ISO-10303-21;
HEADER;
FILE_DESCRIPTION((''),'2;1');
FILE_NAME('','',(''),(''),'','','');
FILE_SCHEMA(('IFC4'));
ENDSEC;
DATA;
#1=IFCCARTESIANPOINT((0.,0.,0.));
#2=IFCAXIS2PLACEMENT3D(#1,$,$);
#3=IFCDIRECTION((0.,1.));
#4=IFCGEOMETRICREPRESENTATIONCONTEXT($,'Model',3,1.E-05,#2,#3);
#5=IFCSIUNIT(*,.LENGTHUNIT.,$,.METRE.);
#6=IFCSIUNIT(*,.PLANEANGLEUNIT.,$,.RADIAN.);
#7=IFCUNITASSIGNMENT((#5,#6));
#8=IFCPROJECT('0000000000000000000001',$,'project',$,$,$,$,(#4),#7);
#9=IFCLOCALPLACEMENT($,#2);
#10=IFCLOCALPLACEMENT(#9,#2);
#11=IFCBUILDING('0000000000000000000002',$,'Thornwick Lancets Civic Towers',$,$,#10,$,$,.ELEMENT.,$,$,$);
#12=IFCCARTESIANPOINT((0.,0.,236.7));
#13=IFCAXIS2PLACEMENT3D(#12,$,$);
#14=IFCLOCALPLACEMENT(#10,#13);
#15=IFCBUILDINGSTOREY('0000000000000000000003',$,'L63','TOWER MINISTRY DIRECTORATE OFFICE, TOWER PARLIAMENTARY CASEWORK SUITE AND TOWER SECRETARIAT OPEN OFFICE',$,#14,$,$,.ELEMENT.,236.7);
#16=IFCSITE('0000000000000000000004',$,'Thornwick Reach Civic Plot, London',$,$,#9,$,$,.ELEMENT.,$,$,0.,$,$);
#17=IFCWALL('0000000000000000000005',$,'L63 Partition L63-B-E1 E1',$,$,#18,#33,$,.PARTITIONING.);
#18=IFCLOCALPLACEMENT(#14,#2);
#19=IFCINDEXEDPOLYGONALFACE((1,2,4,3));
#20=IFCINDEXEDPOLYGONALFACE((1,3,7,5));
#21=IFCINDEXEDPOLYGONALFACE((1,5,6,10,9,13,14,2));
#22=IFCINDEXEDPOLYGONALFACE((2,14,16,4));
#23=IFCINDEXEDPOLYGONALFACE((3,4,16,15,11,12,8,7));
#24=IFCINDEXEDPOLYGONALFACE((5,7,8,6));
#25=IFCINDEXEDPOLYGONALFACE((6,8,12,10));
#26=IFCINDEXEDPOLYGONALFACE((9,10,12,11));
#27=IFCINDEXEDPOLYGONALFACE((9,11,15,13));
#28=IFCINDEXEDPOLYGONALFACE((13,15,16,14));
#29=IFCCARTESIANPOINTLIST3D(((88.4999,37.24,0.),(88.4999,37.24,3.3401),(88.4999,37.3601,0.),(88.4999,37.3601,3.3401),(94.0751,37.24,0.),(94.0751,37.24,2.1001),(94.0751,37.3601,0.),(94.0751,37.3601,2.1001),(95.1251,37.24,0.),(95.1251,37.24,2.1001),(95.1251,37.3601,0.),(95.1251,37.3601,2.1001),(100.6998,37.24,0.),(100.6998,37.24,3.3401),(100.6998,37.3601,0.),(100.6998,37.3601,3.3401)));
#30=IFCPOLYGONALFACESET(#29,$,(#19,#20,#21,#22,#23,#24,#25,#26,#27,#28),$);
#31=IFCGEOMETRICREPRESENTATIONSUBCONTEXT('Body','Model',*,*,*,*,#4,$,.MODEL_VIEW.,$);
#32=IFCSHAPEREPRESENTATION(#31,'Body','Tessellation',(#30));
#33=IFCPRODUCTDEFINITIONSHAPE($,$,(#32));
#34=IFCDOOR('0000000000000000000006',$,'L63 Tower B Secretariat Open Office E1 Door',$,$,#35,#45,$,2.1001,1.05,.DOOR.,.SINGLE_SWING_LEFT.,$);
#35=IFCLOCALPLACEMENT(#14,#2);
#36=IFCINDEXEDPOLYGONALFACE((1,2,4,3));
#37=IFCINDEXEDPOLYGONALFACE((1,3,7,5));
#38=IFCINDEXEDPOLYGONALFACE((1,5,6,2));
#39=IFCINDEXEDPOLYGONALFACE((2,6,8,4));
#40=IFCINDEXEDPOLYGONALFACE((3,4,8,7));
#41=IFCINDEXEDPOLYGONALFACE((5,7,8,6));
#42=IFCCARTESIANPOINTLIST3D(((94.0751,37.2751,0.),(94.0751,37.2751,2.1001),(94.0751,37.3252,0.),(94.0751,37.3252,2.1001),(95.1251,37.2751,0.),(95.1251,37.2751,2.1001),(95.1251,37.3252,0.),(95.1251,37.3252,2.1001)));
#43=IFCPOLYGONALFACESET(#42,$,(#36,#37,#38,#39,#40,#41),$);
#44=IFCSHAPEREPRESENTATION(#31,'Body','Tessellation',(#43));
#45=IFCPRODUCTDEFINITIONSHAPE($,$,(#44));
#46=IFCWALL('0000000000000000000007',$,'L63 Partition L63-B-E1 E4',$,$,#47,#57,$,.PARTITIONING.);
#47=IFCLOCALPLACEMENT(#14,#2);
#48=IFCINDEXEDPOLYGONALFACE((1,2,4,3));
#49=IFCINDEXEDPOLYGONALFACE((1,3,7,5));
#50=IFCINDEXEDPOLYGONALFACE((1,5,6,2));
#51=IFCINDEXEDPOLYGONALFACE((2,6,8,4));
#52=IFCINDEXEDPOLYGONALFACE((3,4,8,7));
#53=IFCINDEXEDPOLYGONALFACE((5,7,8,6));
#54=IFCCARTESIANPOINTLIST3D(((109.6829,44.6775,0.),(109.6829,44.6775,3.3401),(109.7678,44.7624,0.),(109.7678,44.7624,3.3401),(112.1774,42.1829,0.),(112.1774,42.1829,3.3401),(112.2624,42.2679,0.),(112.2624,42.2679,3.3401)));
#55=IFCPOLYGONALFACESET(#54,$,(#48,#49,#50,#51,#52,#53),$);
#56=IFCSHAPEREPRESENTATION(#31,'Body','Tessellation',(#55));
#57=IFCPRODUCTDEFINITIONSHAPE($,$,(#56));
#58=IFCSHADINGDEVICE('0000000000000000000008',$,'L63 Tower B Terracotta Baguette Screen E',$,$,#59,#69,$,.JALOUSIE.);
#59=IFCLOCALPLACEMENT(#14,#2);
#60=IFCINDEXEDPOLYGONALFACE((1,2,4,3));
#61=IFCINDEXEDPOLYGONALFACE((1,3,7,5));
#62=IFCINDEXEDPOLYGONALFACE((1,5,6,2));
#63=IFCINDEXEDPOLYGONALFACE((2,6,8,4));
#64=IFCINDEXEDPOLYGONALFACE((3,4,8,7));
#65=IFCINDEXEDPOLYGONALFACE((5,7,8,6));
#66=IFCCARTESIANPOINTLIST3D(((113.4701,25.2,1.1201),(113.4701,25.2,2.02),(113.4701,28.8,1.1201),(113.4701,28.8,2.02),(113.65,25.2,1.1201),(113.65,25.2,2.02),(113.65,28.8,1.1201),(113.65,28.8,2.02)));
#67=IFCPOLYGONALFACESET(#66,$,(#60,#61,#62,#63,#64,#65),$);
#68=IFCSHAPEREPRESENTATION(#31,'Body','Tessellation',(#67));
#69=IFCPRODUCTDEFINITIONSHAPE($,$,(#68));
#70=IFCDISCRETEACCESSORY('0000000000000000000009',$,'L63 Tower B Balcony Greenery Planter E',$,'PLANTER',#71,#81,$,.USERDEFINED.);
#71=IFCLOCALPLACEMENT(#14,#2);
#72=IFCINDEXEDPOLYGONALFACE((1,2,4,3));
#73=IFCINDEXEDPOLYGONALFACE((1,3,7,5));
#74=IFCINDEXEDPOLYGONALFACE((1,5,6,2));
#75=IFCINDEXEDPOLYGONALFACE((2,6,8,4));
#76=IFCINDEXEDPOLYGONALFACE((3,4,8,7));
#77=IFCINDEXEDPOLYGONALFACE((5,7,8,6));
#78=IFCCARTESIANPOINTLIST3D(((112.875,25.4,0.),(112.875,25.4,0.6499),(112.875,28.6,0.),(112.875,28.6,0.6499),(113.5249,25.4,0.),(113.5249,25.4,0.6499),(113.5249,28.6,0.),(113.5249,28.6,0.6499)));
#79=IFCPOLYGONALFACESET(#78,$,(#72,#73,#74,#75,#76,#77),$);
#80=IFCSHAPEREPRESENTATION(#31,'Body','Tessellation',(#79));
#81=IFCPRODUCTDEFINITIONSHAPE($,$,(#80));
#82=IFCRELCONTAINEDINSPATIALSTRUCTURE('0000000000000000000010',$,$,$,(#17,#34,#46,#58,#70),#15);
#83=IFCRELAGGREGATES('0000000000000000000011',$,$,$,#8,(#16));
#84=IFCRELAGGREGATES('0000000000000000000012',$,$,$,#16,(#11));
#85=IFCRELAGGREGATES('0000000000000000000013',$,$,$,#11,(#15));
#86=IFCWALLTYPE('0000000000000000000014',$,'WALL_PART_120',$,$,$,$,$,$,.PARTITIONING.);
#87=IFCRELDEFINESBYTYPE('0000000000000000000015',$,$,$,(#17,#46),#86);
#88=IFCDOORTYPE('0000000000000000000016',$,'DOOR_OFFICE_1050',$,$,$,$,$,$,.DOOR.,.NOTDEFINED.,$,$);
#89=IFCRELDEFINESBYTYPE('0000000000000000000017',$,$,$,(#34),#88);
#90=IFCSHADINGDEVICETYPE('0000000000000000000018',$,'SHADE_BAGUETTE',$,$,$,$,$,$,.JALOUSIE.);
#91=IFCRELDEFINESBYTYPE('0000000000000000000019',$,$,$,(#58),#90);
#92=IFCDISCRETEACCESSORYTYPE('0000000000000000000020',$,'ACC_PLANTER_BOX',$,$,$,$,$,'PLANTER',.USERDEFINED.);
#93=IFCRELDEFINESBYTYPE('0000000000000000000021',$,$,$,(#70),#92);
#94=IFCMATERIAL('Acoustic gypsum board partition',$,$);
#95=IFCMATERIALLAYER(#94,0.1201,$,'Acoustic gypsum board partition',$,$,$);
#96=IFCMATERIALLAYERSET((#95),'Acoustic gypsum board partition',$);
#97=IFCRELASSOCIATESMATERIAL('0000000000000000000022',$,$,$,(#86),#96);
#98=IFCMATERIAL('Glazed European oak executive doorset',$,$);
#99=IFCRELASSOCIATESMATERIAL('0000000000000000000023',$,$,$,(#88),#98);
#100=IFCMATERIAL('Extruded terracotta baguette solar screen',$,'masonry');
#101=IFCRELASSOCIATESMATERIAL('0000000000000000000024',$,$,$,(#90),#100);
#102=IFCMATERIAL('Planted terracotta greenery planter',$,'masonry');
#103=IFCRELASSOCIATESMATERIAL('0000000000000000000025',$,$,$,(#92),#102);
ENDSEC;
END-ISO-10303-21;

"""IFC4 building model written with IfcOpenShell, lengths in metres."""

from ifc_helpers import new_model, si_unit, direction, frame, frame_2d, origin, origin_2d, place, context, subcontext, project, spatial, rectangle, extrude, material, layer, layer_set, type_object, element, fill, save


model = new_model("IFC4")

# Units and contexts
model_context = context("Model", 3, precision=1e-05, world=origin(), true_north=direction((0.0, 1.0)))
body_context = subcontext(model_context, "Body", "Model", "MODEL_VIEW")
ifc_project = project(units=[si_unit("LENGTHUNIT", "METRE"), si_unit("PLANEANGLEUNIT", "RADIAN")], contexts=[model_context])

# Site, building, storey
site_placement = place(None, origin())
site = spatial("IfcSite", under=ifc_project, at=site_placement, Name="Thornwick Reach Civic Plot, London", CompositionType="ELEMENT", RefElevation=0.0)
building_placement = place(site_placement, origin())
building = spatial("IfcBuilding", under=site, at=building_placement, Name="Thornwick Lancets Civic Towers", CompositionType="ELEMENT")
storey_placement = place(building_placement, frame((0.0, 0.0, 236.7)))
storey = spatial("IfcBuildingStorey", under=building, at=storey_placement, Name="L63", Description="TOWER MINISTRY DIRECTORATE OFFICE, TOWER PARLIAMENTARY CASEWORK SUITE AND TOWER SECRETARIAT OPEN OFFICE", CompositionType="ELEMENT", Elevation=236.7)

# Shared definitions
ifc_material_1 = material(Name="Acoustic gypsum board partition")
ifc_layer_1 = layer(ifc_material_1, 0.1201, Name="Acoustic gypsum board partition")
ifc_layer_set_1 = layer_set([ifc_layer_1], Name="Acoustic gypsum board partition")
wall_type_1 = type_object("IfcWallType", Name="WALL_PART_120", PredefinedType="PARTITIONING", material=ifc_layer_set_1)

# Wall, opening, door
wall_1_placement = place(storey_placement, frame((100.7, 37.3, 0.0), z_axis=(0.0, 0.0, 1.0), x_axis=(-1.0, 0.0, 0.0)))
wall_1 = element("IfcWall", 1, at=wall_1_placement, inside=storey, type_object=wall_type_1, Name="L63 Partition L63-B-E1 E1", PredefinedType="PARTITIONING", context=body_context, shape_type="SweptSolid", body=[
    extrude(rectangle(XDim=12.2, YDim=0.1201, at=frame_2d((6.1001, 0.0))), origin(), (0.0, 0.0, 1.0), 3.3401),
])
opening_1_placement = place(wall_1_placement, frame((5.575, 0.0, 0.0)))
opening_1 = element("IfcOpeningElement", 2, at=opening_1_placement, cuts=wall_1, PredefinedType="OPENING", context=body_context, shape_type="SweptSolid", body=[
    extrude(rectangle(XDim=1.05, YDim=2.1001, at=frame_2d((0.5249, 1.05))), frame((0.0, 0.0701, 0.0), z_axis=(0.0, -1.0, 0.0), x_axis=(1.0, 0.0, 0.0)), (0.0, 0.0, 1.0), 0.1401),
])
ifc_material_2 = material(Name="Glazed European oak executive doorset")
door_type_1 = type_object("IfcDoorType", Name="DOOR_OFFICE_1050", OperationType="NOTDEFINED", PredefinedType="DOOR", material=ifc_material_2)
door_1_placement = place(opening_1_placement, origin())
door_1 = element("IfcDoor", 3, at=door_1_placement, inside=storey, type_object=door_type_1, Name="L63 Tower B Secretariat Open Office E1 Door", OperationType="SINGLE_SWING_LEFT", OverallHeight=2.1001, OverallWidth=1.05, PredefinedType="DOOR", context=body_context, shape_type="SweptSolid", body=[
    extrude(rectangle(XDim=1.05, YDim=2.1001, at=frame_2d((0.5249, 1.05))), frame((0.0, 0.0249, 0.0), z_axis=(0.0, -1.0, 0.0), x_axis=(1.0, 0.0, 0.0)), (0.0, 0.0, 1.0), 0.05),
])
fill(opening_1, door_1)

# Wall
wall_2_placement = place(storey_placement, frame((109.7253, 44.72, 0.0), z_axis=(0.0, 0.0, 1.0), x_axis=(0.707107, -0.707107, 0.0)))
element("IfcWall", 4, at=wall_2_placement, inside=storey, type_object=wall_type_1, Name="L63 Partition L63-B-E1 E4", PredefinedType="PARTITIONING", context=body_context, shape_type="SweptSolid", body=[
    extrude(rectangle(XDim=3.5278, YDim=0.1201, at=frame_2d((1.7639, 0.0))), origin(), (0.0, 0.0, 1.0), 3.3401),
])

# Shading device
ifc_material_3 = material(Name="Extruded terracotta baguette solar screen", Category="masonry")
shading_device_type = type_object("IfcShadingDeviceType", Name="SHADE_BAGUETTE", PredefinedType="JALOUSIE", material=ifc_material_3)
shading_device_placement = place(storey_placement, frame((113.5601, 27.0, 1.1201), z_axis=(0.0, 0.0, 1.0), x_axis=(0.0, 1.0, 0.0)))
element("IfcShadingDevice", 5, at=shading_device_placement, inside=storey, type_object=shading_device_type, Name="L63 Tower B Terracotta Baguette Screen E", PredefinedType="JALOUSIE", context=body_context, shape_type="SweptSolid", body=[
    extrude(rectangle(XDim=3.6001, YDim=0.1799, at=origin_2d()), origin(), (0.0, 0.0, 1.0), 0.8999),
])

# Discrete accessory
ifc_material_4 = material(Name="Planted terracotta greenery planter", Category="masonry")
discrete_accessory_type = type_object("IfcDiscreteAccessoryType", Name="ACC_PLANTER_BOX", ElementType="PLANTER", PredefinedType="USERDEFINED", material=ifc_material_4)
discrete_accessory_placement = place(storey_placement, frame((113.2, 27.0, 0.0), z_axis=(0.0, 0.0, 1.0), x_axis=(1.0, 0.0, 0.0)))
element("IfcDiscreteAccessory", 6, at=discrete_accessory_placement, inside=storey, type_object=discrete_accessory_type, Name="L63 Tower B Balcony Greenery Planter E", ObjectType="PLANTER", PredefinedType="USERDEFINED", context=body_context, shape_type="SweptSolid", body=[
    extrude(rectangle(XDim=0.6499, YDim=3.2, at=origin_2d()), origin(), (0.0, 0.0, 1.0), 0.6499),
])

save(model, "model.ifc")
